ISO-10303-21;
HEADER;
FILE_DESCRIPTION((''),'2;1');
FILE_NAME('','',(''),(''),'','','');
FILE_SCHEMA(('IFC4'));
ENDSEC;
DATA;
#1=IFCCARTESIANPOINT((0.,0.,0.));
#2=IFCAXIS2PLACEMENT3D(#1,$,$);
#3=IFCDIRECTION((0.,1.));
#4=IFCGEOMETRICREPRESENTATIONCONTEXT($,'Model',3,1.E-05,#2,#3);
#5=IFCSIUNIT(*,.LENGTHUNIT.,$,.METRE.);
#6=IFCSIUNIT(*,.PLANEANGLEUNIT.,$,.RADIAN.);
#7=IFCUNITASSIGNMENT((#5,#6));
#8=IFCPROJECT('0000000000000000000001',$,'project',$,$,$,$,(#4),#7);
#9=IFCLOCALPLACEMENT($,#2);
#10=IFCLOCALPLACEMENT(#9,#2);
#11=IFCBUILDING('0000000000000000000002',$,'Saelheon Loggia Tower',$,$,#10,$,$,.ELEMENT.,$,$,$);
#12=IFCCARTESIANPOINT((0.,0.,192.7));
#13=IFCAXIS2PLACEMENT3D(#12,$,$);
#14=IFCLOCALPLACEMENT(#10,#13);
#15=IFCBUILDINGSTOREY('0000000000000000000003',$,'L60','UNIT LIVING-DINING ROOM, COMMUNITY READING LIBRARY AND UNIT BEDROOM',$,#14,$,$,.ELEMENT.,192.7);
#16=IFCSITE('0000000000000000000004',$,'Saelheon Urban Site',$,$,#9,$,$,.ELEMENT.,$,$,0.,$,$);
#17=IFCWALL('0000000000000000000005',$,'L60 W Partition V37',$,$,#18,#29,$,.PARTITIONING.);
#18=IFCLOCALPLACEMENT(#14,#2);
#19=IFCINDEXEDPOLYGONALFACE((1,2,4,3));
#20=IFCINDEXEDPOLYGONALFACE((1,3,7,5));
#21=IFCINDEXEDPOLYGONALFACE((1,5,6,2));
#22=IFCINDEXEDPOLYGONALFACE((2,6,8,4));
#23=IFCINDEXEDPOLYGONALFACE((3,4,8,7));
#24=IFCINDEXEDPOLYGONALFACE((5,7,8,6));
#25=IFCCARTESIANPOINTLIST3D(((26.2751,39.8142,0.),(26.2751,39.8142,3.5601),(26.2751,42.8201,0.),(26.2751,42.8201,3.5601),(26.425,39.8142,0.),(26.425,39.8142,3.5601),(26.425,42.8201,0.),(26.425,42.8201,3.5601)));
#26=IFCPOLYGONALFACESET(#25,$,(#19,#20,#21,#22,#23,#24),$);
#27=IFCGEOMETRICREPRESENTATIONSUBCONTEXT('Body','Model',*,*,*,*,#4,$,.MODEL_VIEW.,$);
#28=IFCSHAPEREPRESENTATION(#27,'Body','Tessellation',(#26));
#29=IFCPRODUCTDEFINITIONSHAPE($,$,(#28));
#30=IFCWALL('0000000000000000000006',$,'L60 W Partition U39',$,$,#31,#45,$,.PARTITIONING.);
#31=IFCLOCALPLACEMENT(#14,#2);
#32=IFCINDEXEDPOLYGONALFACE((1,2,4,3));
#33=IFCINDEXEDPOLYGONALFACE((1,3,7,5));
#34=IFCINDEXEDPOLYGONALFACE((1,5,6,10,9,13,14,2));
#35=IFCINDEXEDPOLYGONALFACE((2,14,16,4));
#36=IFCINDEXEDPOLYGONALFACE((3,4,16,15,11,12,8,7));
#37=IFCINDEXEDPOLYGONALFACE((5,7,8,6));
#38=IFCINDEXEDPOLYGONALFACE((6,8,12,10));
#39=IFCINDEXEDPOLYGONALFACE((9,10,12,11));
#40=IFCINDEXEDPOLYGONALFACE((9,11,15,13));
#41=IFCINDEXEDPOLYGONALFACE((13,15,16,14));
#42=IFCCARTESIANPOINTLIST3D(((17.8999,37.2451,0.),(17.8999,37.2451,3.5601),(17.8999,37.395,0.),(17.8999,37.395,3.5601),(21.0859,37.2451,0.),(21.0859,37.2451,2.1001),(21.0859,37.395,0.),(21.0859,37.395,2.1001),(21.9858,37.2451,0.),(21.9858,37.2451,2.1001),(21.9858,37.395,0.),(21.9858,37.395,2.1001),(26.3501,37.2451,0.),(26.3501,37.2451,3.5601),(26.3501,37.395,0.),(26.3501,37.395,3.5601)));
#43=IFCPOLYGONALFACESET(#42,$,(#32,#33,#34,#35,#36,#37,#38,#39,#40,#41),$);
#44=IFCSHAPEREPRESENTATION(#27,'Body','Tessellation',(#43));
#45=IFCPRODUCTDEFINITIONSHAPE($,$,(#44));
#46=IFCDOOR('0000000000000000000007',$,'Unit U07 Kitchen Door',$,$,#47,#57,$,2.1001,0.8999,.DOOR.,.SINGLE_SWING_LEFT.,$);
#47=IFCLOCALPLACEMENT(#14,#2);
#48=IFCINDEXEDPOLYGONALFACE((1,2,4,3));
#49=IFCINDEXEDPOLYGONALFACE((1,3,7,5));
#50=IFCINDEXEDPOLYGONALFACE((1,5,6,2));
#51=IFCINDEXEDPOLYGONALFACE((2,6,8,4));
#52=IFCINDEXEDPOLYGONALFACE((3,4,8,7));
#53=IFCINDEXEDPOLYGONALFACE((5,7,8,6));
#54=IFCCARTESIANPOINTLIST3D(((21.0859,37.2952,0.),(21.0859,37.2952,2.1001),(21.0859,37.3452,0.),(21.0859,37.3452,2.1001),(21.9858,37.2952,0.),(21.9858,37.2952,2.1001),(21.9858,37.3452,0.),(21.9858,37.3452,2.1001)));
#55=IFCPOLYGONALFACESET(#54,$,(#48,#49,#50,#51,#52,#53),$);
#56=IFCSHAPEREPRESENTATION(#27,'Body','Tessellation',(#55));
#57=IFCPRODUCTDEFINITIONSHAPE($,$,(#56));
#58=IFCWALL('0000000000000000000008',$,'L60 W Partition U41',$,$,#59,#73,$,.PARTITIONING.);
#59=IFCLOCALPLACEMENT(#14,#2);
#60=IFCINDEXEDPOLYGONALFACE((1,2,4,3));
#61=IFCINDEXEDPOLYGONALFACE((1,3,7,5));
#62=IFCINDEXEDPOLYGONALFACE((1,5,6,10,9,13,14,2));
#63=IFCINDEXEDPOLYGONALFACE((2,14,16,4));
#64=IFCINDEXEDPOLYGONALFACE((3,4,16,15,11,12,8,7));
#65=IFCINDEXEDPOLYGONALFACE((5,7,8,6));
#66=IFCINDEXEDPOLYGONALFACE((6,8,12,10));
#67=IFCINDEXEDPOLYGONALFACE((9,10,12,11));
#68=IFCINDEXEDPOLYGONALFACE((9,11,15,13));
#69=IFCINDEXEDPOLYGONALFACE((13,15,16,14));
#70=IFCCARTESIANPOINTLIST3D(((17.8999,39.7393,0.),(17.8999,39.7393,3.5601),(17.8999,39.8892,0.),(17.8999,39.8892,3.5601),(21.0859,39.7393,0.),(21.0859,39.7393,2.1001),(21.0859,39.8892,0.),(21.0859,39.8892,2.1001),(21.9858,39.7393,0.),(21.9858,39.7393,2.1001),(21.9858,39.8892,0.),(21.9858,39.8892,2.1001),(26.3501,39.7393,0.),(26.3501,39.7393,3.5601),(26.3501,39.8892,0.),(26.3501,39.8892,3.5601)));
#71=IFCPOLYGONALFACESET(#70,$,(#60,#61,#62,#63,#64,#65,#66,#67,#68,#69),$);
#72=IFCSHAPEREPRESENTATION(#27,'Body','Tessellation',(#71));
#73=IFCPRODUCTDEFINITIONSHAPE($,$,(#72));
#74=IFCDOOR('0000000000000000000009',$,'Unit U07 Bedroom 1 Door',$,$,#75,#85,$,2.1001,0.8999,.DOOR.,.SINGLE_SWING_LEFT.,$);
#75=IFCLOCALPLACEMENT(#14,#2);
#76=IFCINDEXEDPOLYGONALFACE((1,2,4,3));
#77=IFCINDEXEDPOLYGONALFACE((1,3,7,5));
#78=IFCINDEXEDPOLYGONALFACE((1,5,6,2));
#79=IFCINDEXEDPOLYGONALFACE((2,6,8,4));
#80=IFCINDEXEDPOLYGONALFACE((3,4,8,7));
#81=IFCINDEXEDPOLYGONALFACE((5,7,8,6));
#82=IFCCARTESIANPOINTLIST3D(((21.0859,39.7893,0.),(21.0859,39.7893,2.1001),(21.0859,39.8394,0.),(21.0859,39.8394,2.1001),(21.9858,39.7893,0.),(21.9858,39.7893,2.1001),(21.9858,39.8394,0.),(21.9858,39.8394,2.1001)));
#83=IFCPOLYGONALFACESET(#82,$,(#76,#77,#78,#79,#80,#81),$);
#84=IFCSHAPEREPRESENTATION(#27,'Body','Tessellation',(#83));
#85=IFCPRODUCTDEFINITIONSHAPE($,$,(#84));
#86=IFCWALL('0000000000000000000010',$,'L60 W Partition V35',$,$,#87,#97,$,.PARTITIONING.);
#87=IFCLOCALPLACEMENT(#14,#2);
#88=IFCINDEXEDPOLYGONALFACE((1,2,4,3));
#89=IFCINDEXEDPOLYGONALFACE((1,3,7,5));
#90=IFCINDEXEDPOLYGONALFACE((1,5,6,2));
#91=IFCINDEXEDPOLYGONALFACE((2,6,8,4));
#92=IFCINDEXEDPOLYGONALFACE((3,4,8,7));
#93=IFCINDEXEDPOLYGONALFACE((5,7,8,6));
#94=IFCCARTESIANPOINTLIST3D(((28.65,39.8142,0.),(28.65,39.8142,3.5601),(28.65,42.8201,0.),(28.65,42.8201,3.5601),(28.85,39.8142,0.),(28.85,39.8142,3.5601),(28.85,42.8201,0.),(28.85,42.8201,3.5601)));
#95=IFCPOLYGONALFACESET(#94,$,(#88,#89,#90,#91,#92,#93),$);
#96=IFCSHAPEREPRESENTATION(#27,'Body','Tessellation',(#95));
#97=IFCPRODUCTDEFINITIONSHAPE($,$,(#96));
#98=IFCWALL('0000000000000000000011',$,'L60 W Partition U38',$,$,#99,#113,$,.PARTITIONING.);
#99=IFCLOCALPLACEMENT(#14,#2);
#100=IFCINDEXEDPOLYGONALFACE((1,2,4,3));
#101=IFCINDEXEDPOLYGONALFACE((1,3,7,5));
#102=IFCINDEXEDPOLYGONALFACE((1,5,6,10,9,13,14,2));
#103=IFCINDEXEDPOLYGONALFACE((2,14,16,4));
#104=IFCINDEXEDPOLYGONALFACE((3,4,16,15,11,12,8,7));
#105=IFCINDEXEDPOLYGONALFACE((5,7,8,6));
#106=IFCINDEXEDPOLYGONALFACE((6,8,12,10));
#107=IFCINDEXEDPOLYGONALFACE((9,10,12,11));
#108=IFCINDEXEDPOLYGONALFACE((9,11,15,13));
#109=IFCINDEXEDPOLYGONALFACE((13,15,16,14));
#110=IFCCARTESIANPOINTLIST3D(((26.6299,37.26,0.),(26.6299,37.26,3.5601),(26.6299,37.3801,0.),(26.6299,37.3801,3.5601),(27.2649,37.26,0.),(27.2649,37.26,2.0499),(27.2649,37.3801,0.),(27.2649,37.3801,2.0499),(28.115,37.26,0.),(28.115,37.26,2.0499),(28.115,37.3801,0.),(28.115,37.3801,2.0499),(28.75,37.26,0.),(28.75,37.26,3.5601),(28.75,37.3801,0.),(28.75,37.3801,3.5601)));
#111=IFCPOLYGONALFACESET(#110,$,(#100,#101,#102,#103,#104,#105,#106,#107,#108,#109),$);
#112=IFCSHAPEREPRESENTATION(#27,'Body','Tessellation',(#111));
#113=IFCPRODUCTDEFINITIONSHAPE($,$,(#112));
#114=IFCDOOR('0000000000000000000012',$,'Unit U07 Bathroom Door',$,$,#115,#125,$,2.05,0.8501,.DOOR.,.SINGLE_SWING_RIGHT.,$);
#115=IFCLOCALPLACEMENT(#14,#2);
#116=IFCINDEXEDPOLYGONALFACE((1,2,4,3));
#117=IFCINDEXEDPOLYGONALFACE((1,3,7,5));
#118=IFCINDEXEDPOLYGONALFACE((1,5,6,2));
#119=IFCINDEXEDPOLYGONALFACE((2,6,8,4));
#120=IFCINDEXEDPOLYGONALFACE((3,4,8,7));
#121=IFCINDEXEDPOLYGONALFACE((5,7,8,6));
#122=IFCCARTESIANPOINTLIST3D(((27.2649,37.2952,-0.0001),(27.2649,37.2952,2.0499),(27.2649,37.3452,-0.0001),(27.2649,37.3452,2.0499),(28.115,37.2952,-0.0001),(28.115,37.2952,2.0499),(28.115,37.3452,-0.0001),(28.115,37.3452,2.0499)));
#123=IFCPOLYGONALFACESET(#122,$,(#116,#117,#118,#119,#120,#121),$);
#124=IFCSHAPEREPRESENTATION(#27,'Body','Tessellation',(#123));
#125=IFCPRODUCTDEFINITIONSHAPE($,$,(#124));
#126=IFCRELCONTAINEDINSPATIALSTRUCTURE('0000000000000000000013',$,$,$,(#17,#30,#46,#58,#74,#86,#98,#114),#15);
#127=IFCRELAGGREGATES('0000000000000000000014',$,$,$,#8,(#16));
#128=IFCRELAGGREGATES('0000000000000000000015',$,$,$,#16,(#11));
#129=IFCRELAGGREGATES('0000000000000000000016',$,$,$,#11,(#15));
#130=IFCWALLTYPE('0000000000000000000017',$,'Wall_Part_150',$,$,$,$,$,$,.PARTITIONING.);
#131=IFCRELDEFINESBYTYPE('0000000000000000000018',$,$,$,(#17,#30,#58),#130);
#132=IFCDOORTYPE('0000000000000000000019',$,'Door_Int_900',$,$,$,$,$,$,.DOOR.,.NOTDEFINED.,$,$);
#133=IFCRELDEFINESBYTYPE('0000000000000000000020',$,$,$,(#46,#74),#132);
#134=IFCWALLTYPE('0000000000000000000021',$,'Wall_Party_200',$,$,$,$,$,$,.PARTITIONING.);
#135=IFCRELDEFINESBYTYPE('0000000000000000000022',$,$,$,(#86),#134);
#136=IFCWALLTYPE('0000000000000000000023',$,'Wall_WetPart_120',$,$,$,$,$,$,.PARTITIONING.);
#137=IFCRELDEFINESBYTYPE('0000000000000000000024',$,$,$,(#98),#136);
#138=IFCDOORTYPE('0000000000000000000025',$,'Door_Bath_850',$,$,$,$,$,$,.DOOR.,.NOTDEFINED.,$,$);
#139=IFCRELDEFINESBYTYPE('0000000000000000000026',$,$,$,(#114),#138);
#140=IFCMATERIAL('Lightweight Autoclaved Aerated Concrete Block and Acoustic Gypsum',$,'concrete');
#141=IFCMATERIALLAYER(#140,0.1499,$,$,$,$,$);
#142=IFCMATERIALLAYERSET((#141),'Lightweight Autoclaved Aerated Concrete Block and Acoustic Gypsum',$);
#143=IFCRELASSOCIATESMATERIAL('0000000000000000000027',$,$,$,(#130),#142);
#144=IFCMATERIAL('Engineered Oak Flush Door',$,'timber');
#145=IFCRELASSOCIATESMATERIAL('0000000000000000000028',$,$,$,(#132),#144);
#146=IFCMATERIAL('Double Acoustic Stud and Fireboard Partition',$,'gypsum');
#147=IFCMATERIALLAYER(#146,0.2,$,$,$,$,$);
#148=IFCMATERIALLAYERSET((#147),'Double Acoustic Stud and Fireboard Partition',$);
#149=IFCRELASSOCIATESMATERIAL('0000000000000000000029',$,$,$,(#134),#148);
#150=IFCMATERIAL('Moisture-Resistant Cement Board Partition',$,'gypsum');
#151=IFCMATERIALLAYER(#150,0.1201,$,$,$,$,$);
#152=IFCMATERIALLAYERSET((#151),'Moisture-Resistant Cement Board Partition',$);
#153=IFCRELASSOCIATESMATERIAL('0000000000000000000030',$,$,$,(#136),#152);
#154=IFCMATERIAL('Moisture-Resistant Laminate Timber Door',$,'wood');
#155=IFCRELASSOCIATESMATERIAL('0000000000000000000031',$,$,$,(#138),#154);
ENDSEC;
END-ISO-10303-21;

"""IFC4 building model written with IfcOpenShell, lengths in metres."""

from ifc_helpers import new_model, si_unit, direction, frame, frame_2d, origin, place, context, subcontext, project, spatial, rectangle, extrude, source, transform, mapped, material, layer, layer_set, type_object, element, fill, save


model = new_model("IFC4")

# Units and contexts
model_context = context("Model", 3, precision=1e-05, world=origin(), true_north=direction((0.0, 1.0)))
body_context = subcontext(model_context, "Body", "Model", "MODEL_VIEW")
ifc_project = project(units=[si_unit("LENGTHUNIT", "METRE"), si_unit("PLANEANGLEUNIT", "RADIAN")], contexts=[model_context])

# Site, building, storey
site_placement = place(None, origin())
site = spatial("IfcSite", under=ifc_project, at=site_placement, Name="Saelheon Urban Site", CompositionType="ELEMENT", RefElevation=0.0)
building_placement = place(site_placement, origin())
building = spatial("IfcBuilding", under=site, at=building_placement, Name="Saelheon Loggia Tower", CompositionType="ELEMENT")
storey_placement = place(building_placement, frame((0.0, 0.0, 192.7)))
storey = spatial("IfcBuildingStorey", under=building, at=storey_placement, Name="L60", Description="UNIT LIVING-DINING ROOM, COMMUNITY READING LIBRARY AND UNIT BEDROOM", CompositionType="ELEMENT", Elevation=192.7)

# Wall
ifc_material_1 = material(Name="Lightweight Autoclaved Aerated Concrete Block and Acoustic Gypsum", Category="concrete")
ifc_layer_1 = layer(ifc_material_1, 0.1499)
ifc_layer_set_1 = layer_set([ifc_layer_1], Name="Lightweight Autoclaved Aerated Concrete Block and Acoustic Gypsum")
wall_type_1 = type_object("IfcWallType", Name="Wall_Part_150", PredefinedType="PARTITIONING", material=ifc_layer_set_1)
wall_1_placement = place(storey_placement, frame((26.3501, 39.8142, 0.0), z_axis=(0.0, 0.0, 1.0), x_axis=(0.0, 1.0, 0.0)))
element("IfcWall", 1, at=wall_1_placement, inside=storey, type_object=wall_type_1, Name="L60 W Partition V37", PredefinedType="PARTITIONING", context=body_context, shape_type="SweptSolid", body=[
    extrude(rectangle(XDim=3.0059, YDim=0.1499, at=frame_2d((1.5029, 0.0))), origin(), (0.0, 0.0, 1.0), 3.5601),
])

# Walls, openings, doors
wall_2_placement = place(storey_placement, frame((26.3501, 37.3201, 0.0), z_axis=(0.0, 0.0, 1.0), x_axis=(-1.0, 0.0, 0.0)))
wall_2 = element("IfcWall", 2, at=wall_2_placement, inside=storey, type_object=wall_type_1, Name="L60 W Partition U39", PredefinedType="PARTITIONING", context=body_context, shape_type="SweptSolid", body=[
    extrude(rectangle(XDim=8.4502, YDim=0.1499, at=frame_2d((4.2251, 0.0))), origin(), (0.0, 0.0, 1.0), 3.5601),
])
opening_1_placement = place(wall_2_placement, frame((4.3643, 0.0, 0.0)))
opening_1 = element("IfcOpeningElement", 3, at=opening_1_placement, cuts=wall_2, PredefinedType="OPENING", context=body_context, shape_type="SweptSolid", body=[
    extrude(rectangle(XDim=0.8999, YDim=2.1001, at=frame_2d((0.45, 1.05))), frame((0.0, 0.0869, 0.0), z_axis=(0.0, -1.0, 0.0), x_axis=(1.0, 0.0, 0.0)), (0.0, 0.0, 1.0), 0.1738),
])
ifc_material_2 = material(Name="Engineered Oak Flush Door", Category="timber")
door_type_1 = type_object("IfcDoorType", Name="Door_Int_900", OperationType="NOTDEFINED", PredefinedType="DOOR", material=ifc_material_2)
shared_shape_1 = source(origin(), body_context, "Body", "SweptSolid", [
    extrude(rectangle(XDim=0.8999, YDim=2.1001, at=frame_2d((0.45, 1.05))), frame((0.0, 0.0249, 0.0), z_axis=(0.0, -1.0, 0.0), x_axis=(1.0, 0.0, 0.0)), (0.0, 0.0, 1.0), 0.05),
])
door_1_placement = place(opening_1_placement, origin())
door_1 = element("IfcDoor", 4, at=door_1_placement, inside=storey, type_object=door_type_1, Name="Unit U07 Kitchen Door", OperationType="SINGLE_SWING_LEFT", OverallHeight=2.1001, OverallWidth=0.8999, PredefinedType="DOOR", context=body_context, shape_type="MappedRepresentation", body=[
    mapped(shared_shape_1, transform((0.0, 0.0, 0.0), scale=1.0)),
])
fill(opening_1, door_1)
wall_3_placement = place(storey_placement, frame((26.3501, 39.8142, 0.0), z_axis=(0.0, 0.0, 1.0), x_axis=(-1.0, 0.0, 0.0)))
wall_3 = element("IfcWall", 5, at=wall_3_placement, inside=storey, type_object=wall_type_1, Name="L60 W Partition U41", PredefinedType="PARTITIONING", context=body_context, shape_type="SweptSolid", body=[
    extrude(rectangle(XDim=8.4502, YDim=0.1499, at=frame_2d((4.2251, 0.0))), origin(), (0.0, 0.0, 1.0), 3.5601),
])
opening_2_placement = place(wall_3_placement, frame((4.3643, 0.0, 0.0)))
opening_2 = element("IfcOpeningElement", 6, at=opening_2_placement, cuts=wall_3, PredefinedType="OPENING", context=body_context, shape_type="SweptSolid", body=[
    extrude(rectangle(XDim=0.8999, YDim=2.1001, at=frame_2d((0.45, 1.05))), frame((0.0, 0.0869, 0.0), z_axis=(0.0, -1.0, 0.0), x_axis=(1.0, 0.0, 0.0)), (0.0, 0.0, 1.0), 0.1738),
])
door_2_placement = place(opening_2_placement, origin())
door_2 = element("IfcDoor", 7, at=door_2_placement, inside=storey, type_object=door_type_1, Name="Unit U07 Bedroom 1 Door", OperationType="SINGLE_SWING_LEFT", OverallHeight=2.1001, OverallWidth=0.8999, PredefinedType="DOOR", context=body_context, shape_type="MappedRepresentation", body=[
    mapped(shared_shape_1, transform((0.0, 0.0, 0.0), scale=1.0)),
])
fill(opening_2, door_2)
ifc_material_3 = material(Name="Double Acoustic Stud and Fireboard Partition", Category="gypsum")
ifc_layer_2 = layer(ifc_material_3, 0.2)
ifc_layer_set_2 = layer_set([ifc_layer_2], Name="Double Acoustic Stud and Fireboard Partition")
wall_type_2 = type_object("IfcWallType", Name="Wall_Party_200", PredefinedType="PARTITIONING", material=ifc_layer_set_2)

# Wall
wall_4_placement = place(storey_placement, frame((28.75, 39.8142, 0.0), z_axis=(0.0, 0.0, 1.0), x_axis=(0.0, 1.0, 0.0)))
element("IfcWall", 8, at=wall_4_placement, inside=storey, type_object=wall_type_2, Name="L60 W Partition V35", PredefinedType="PARTITIONING", context=body_context, shape_type="SweptSolid", body=[
    extrude(rectangle(XDim=3.0059, YDim=0.2, at=frame_2d((1.5029, 0.0))), origin(), (0.0, 0.0, 1.0), 3.5601),
])

# Wall, opening, door
ifc_material_4 = material(Name="Moisture-Resistant Cement Board Partition", Category="gypsum")
ifc_layer_3 = layer(ifc_material_4, 0.1201)
ifc_layer_set_3 = layer_set([ifc_layer_3], Name="Moisture-Resistant Cement Board Partition")
wall_type_3 = type_object("IfcWallType", Name="Wall_WetPart_120", PredefinedType="PARTITIONING", material=ifc_layer_set_3)
wall_5_placement = place(storey_placement, frame((28.75, 37.3201, 0.0), z_axis=(0.0, 0.0, 1.0), x_axis=(-1.0, 0.0, 0.0)))
wall_5 = element("IfcWall", 9, at=wall_5_placement, inside=storey, type_object=wall_type_3, Name="L60 W Partition U38", PredefinedType="PARTITIONING", context=body_context, shape_type="SweptSolid", body=[
    extrude(rectangle(XDim=2.1201, YDim=0.1201, at=frame_2d((1.0601, 0.0))), origin(), (0.0, 0.0, 1.0), 3.5601),
])
opening_3_placement = place(wall_5_placement, frame((0.635, 0.0, 0.0)))
opening_3 = element("IfcOpeningElement", 10, at=opening_3_placement, cuts=wall_5, PredefinedType="OPENING", context=body_context, shape_type="SweptSolid", body=[
    extrude(rectangle(XDim=0.8501, YDim=2.05, at=frame_2d((0.425, 1.0249))), frame((0.0, 0.072, 0.0), z_axis=(0.0, -1.0, 0.0), x_axis=(1.0, 0.0, 0.0)), (0.0, 0.0, 1.0), 0.144),
])
ifc_material_5 = material(Name="Moisture-Resistant Laminate Timber Door", Category="wood")
door_type_2 = type_object("IfcDoorType", Name="Door_Bath_850", OperationType="NOTDEFINED", PredefinedType="DOOR", material=ifc_material_5)
shared_shape_2 = source(origin(), body_context, "Body", "SweptSolid", [
    extrude(rectangle(XDim=0.8501, YDim=2.05, at=frame_2d((0.425, 1.0249))), frame((0.0, 0.0249, 0.0), z_axis=(0.0, -1.0, 0.0), x_axis=(1.0, 0.0, 0.0)), (0.0, 0.0, 1.0), 0.05),
])
door_3_placement = place(opening_3_placement, origin())
door_3 = element("IfcDoor", 11, at=door_3_placement, inside=storey, type_object=door_type_2, Name="Unit U07 Bathroom Door", OperationType="SINGLE_SWING_RIGHT", OverallHeight=2.05, OverallWidth=0.8501, PredefinedType="DOOR", context=body_context, shape_type="MappedRepresentation", body=[
    mapped(shared_shape_2, transform((0.0, 0.0, 0.0), scale=1.0)),
])
fill(opening_3, door_3)

save(model, "model.ifc")
